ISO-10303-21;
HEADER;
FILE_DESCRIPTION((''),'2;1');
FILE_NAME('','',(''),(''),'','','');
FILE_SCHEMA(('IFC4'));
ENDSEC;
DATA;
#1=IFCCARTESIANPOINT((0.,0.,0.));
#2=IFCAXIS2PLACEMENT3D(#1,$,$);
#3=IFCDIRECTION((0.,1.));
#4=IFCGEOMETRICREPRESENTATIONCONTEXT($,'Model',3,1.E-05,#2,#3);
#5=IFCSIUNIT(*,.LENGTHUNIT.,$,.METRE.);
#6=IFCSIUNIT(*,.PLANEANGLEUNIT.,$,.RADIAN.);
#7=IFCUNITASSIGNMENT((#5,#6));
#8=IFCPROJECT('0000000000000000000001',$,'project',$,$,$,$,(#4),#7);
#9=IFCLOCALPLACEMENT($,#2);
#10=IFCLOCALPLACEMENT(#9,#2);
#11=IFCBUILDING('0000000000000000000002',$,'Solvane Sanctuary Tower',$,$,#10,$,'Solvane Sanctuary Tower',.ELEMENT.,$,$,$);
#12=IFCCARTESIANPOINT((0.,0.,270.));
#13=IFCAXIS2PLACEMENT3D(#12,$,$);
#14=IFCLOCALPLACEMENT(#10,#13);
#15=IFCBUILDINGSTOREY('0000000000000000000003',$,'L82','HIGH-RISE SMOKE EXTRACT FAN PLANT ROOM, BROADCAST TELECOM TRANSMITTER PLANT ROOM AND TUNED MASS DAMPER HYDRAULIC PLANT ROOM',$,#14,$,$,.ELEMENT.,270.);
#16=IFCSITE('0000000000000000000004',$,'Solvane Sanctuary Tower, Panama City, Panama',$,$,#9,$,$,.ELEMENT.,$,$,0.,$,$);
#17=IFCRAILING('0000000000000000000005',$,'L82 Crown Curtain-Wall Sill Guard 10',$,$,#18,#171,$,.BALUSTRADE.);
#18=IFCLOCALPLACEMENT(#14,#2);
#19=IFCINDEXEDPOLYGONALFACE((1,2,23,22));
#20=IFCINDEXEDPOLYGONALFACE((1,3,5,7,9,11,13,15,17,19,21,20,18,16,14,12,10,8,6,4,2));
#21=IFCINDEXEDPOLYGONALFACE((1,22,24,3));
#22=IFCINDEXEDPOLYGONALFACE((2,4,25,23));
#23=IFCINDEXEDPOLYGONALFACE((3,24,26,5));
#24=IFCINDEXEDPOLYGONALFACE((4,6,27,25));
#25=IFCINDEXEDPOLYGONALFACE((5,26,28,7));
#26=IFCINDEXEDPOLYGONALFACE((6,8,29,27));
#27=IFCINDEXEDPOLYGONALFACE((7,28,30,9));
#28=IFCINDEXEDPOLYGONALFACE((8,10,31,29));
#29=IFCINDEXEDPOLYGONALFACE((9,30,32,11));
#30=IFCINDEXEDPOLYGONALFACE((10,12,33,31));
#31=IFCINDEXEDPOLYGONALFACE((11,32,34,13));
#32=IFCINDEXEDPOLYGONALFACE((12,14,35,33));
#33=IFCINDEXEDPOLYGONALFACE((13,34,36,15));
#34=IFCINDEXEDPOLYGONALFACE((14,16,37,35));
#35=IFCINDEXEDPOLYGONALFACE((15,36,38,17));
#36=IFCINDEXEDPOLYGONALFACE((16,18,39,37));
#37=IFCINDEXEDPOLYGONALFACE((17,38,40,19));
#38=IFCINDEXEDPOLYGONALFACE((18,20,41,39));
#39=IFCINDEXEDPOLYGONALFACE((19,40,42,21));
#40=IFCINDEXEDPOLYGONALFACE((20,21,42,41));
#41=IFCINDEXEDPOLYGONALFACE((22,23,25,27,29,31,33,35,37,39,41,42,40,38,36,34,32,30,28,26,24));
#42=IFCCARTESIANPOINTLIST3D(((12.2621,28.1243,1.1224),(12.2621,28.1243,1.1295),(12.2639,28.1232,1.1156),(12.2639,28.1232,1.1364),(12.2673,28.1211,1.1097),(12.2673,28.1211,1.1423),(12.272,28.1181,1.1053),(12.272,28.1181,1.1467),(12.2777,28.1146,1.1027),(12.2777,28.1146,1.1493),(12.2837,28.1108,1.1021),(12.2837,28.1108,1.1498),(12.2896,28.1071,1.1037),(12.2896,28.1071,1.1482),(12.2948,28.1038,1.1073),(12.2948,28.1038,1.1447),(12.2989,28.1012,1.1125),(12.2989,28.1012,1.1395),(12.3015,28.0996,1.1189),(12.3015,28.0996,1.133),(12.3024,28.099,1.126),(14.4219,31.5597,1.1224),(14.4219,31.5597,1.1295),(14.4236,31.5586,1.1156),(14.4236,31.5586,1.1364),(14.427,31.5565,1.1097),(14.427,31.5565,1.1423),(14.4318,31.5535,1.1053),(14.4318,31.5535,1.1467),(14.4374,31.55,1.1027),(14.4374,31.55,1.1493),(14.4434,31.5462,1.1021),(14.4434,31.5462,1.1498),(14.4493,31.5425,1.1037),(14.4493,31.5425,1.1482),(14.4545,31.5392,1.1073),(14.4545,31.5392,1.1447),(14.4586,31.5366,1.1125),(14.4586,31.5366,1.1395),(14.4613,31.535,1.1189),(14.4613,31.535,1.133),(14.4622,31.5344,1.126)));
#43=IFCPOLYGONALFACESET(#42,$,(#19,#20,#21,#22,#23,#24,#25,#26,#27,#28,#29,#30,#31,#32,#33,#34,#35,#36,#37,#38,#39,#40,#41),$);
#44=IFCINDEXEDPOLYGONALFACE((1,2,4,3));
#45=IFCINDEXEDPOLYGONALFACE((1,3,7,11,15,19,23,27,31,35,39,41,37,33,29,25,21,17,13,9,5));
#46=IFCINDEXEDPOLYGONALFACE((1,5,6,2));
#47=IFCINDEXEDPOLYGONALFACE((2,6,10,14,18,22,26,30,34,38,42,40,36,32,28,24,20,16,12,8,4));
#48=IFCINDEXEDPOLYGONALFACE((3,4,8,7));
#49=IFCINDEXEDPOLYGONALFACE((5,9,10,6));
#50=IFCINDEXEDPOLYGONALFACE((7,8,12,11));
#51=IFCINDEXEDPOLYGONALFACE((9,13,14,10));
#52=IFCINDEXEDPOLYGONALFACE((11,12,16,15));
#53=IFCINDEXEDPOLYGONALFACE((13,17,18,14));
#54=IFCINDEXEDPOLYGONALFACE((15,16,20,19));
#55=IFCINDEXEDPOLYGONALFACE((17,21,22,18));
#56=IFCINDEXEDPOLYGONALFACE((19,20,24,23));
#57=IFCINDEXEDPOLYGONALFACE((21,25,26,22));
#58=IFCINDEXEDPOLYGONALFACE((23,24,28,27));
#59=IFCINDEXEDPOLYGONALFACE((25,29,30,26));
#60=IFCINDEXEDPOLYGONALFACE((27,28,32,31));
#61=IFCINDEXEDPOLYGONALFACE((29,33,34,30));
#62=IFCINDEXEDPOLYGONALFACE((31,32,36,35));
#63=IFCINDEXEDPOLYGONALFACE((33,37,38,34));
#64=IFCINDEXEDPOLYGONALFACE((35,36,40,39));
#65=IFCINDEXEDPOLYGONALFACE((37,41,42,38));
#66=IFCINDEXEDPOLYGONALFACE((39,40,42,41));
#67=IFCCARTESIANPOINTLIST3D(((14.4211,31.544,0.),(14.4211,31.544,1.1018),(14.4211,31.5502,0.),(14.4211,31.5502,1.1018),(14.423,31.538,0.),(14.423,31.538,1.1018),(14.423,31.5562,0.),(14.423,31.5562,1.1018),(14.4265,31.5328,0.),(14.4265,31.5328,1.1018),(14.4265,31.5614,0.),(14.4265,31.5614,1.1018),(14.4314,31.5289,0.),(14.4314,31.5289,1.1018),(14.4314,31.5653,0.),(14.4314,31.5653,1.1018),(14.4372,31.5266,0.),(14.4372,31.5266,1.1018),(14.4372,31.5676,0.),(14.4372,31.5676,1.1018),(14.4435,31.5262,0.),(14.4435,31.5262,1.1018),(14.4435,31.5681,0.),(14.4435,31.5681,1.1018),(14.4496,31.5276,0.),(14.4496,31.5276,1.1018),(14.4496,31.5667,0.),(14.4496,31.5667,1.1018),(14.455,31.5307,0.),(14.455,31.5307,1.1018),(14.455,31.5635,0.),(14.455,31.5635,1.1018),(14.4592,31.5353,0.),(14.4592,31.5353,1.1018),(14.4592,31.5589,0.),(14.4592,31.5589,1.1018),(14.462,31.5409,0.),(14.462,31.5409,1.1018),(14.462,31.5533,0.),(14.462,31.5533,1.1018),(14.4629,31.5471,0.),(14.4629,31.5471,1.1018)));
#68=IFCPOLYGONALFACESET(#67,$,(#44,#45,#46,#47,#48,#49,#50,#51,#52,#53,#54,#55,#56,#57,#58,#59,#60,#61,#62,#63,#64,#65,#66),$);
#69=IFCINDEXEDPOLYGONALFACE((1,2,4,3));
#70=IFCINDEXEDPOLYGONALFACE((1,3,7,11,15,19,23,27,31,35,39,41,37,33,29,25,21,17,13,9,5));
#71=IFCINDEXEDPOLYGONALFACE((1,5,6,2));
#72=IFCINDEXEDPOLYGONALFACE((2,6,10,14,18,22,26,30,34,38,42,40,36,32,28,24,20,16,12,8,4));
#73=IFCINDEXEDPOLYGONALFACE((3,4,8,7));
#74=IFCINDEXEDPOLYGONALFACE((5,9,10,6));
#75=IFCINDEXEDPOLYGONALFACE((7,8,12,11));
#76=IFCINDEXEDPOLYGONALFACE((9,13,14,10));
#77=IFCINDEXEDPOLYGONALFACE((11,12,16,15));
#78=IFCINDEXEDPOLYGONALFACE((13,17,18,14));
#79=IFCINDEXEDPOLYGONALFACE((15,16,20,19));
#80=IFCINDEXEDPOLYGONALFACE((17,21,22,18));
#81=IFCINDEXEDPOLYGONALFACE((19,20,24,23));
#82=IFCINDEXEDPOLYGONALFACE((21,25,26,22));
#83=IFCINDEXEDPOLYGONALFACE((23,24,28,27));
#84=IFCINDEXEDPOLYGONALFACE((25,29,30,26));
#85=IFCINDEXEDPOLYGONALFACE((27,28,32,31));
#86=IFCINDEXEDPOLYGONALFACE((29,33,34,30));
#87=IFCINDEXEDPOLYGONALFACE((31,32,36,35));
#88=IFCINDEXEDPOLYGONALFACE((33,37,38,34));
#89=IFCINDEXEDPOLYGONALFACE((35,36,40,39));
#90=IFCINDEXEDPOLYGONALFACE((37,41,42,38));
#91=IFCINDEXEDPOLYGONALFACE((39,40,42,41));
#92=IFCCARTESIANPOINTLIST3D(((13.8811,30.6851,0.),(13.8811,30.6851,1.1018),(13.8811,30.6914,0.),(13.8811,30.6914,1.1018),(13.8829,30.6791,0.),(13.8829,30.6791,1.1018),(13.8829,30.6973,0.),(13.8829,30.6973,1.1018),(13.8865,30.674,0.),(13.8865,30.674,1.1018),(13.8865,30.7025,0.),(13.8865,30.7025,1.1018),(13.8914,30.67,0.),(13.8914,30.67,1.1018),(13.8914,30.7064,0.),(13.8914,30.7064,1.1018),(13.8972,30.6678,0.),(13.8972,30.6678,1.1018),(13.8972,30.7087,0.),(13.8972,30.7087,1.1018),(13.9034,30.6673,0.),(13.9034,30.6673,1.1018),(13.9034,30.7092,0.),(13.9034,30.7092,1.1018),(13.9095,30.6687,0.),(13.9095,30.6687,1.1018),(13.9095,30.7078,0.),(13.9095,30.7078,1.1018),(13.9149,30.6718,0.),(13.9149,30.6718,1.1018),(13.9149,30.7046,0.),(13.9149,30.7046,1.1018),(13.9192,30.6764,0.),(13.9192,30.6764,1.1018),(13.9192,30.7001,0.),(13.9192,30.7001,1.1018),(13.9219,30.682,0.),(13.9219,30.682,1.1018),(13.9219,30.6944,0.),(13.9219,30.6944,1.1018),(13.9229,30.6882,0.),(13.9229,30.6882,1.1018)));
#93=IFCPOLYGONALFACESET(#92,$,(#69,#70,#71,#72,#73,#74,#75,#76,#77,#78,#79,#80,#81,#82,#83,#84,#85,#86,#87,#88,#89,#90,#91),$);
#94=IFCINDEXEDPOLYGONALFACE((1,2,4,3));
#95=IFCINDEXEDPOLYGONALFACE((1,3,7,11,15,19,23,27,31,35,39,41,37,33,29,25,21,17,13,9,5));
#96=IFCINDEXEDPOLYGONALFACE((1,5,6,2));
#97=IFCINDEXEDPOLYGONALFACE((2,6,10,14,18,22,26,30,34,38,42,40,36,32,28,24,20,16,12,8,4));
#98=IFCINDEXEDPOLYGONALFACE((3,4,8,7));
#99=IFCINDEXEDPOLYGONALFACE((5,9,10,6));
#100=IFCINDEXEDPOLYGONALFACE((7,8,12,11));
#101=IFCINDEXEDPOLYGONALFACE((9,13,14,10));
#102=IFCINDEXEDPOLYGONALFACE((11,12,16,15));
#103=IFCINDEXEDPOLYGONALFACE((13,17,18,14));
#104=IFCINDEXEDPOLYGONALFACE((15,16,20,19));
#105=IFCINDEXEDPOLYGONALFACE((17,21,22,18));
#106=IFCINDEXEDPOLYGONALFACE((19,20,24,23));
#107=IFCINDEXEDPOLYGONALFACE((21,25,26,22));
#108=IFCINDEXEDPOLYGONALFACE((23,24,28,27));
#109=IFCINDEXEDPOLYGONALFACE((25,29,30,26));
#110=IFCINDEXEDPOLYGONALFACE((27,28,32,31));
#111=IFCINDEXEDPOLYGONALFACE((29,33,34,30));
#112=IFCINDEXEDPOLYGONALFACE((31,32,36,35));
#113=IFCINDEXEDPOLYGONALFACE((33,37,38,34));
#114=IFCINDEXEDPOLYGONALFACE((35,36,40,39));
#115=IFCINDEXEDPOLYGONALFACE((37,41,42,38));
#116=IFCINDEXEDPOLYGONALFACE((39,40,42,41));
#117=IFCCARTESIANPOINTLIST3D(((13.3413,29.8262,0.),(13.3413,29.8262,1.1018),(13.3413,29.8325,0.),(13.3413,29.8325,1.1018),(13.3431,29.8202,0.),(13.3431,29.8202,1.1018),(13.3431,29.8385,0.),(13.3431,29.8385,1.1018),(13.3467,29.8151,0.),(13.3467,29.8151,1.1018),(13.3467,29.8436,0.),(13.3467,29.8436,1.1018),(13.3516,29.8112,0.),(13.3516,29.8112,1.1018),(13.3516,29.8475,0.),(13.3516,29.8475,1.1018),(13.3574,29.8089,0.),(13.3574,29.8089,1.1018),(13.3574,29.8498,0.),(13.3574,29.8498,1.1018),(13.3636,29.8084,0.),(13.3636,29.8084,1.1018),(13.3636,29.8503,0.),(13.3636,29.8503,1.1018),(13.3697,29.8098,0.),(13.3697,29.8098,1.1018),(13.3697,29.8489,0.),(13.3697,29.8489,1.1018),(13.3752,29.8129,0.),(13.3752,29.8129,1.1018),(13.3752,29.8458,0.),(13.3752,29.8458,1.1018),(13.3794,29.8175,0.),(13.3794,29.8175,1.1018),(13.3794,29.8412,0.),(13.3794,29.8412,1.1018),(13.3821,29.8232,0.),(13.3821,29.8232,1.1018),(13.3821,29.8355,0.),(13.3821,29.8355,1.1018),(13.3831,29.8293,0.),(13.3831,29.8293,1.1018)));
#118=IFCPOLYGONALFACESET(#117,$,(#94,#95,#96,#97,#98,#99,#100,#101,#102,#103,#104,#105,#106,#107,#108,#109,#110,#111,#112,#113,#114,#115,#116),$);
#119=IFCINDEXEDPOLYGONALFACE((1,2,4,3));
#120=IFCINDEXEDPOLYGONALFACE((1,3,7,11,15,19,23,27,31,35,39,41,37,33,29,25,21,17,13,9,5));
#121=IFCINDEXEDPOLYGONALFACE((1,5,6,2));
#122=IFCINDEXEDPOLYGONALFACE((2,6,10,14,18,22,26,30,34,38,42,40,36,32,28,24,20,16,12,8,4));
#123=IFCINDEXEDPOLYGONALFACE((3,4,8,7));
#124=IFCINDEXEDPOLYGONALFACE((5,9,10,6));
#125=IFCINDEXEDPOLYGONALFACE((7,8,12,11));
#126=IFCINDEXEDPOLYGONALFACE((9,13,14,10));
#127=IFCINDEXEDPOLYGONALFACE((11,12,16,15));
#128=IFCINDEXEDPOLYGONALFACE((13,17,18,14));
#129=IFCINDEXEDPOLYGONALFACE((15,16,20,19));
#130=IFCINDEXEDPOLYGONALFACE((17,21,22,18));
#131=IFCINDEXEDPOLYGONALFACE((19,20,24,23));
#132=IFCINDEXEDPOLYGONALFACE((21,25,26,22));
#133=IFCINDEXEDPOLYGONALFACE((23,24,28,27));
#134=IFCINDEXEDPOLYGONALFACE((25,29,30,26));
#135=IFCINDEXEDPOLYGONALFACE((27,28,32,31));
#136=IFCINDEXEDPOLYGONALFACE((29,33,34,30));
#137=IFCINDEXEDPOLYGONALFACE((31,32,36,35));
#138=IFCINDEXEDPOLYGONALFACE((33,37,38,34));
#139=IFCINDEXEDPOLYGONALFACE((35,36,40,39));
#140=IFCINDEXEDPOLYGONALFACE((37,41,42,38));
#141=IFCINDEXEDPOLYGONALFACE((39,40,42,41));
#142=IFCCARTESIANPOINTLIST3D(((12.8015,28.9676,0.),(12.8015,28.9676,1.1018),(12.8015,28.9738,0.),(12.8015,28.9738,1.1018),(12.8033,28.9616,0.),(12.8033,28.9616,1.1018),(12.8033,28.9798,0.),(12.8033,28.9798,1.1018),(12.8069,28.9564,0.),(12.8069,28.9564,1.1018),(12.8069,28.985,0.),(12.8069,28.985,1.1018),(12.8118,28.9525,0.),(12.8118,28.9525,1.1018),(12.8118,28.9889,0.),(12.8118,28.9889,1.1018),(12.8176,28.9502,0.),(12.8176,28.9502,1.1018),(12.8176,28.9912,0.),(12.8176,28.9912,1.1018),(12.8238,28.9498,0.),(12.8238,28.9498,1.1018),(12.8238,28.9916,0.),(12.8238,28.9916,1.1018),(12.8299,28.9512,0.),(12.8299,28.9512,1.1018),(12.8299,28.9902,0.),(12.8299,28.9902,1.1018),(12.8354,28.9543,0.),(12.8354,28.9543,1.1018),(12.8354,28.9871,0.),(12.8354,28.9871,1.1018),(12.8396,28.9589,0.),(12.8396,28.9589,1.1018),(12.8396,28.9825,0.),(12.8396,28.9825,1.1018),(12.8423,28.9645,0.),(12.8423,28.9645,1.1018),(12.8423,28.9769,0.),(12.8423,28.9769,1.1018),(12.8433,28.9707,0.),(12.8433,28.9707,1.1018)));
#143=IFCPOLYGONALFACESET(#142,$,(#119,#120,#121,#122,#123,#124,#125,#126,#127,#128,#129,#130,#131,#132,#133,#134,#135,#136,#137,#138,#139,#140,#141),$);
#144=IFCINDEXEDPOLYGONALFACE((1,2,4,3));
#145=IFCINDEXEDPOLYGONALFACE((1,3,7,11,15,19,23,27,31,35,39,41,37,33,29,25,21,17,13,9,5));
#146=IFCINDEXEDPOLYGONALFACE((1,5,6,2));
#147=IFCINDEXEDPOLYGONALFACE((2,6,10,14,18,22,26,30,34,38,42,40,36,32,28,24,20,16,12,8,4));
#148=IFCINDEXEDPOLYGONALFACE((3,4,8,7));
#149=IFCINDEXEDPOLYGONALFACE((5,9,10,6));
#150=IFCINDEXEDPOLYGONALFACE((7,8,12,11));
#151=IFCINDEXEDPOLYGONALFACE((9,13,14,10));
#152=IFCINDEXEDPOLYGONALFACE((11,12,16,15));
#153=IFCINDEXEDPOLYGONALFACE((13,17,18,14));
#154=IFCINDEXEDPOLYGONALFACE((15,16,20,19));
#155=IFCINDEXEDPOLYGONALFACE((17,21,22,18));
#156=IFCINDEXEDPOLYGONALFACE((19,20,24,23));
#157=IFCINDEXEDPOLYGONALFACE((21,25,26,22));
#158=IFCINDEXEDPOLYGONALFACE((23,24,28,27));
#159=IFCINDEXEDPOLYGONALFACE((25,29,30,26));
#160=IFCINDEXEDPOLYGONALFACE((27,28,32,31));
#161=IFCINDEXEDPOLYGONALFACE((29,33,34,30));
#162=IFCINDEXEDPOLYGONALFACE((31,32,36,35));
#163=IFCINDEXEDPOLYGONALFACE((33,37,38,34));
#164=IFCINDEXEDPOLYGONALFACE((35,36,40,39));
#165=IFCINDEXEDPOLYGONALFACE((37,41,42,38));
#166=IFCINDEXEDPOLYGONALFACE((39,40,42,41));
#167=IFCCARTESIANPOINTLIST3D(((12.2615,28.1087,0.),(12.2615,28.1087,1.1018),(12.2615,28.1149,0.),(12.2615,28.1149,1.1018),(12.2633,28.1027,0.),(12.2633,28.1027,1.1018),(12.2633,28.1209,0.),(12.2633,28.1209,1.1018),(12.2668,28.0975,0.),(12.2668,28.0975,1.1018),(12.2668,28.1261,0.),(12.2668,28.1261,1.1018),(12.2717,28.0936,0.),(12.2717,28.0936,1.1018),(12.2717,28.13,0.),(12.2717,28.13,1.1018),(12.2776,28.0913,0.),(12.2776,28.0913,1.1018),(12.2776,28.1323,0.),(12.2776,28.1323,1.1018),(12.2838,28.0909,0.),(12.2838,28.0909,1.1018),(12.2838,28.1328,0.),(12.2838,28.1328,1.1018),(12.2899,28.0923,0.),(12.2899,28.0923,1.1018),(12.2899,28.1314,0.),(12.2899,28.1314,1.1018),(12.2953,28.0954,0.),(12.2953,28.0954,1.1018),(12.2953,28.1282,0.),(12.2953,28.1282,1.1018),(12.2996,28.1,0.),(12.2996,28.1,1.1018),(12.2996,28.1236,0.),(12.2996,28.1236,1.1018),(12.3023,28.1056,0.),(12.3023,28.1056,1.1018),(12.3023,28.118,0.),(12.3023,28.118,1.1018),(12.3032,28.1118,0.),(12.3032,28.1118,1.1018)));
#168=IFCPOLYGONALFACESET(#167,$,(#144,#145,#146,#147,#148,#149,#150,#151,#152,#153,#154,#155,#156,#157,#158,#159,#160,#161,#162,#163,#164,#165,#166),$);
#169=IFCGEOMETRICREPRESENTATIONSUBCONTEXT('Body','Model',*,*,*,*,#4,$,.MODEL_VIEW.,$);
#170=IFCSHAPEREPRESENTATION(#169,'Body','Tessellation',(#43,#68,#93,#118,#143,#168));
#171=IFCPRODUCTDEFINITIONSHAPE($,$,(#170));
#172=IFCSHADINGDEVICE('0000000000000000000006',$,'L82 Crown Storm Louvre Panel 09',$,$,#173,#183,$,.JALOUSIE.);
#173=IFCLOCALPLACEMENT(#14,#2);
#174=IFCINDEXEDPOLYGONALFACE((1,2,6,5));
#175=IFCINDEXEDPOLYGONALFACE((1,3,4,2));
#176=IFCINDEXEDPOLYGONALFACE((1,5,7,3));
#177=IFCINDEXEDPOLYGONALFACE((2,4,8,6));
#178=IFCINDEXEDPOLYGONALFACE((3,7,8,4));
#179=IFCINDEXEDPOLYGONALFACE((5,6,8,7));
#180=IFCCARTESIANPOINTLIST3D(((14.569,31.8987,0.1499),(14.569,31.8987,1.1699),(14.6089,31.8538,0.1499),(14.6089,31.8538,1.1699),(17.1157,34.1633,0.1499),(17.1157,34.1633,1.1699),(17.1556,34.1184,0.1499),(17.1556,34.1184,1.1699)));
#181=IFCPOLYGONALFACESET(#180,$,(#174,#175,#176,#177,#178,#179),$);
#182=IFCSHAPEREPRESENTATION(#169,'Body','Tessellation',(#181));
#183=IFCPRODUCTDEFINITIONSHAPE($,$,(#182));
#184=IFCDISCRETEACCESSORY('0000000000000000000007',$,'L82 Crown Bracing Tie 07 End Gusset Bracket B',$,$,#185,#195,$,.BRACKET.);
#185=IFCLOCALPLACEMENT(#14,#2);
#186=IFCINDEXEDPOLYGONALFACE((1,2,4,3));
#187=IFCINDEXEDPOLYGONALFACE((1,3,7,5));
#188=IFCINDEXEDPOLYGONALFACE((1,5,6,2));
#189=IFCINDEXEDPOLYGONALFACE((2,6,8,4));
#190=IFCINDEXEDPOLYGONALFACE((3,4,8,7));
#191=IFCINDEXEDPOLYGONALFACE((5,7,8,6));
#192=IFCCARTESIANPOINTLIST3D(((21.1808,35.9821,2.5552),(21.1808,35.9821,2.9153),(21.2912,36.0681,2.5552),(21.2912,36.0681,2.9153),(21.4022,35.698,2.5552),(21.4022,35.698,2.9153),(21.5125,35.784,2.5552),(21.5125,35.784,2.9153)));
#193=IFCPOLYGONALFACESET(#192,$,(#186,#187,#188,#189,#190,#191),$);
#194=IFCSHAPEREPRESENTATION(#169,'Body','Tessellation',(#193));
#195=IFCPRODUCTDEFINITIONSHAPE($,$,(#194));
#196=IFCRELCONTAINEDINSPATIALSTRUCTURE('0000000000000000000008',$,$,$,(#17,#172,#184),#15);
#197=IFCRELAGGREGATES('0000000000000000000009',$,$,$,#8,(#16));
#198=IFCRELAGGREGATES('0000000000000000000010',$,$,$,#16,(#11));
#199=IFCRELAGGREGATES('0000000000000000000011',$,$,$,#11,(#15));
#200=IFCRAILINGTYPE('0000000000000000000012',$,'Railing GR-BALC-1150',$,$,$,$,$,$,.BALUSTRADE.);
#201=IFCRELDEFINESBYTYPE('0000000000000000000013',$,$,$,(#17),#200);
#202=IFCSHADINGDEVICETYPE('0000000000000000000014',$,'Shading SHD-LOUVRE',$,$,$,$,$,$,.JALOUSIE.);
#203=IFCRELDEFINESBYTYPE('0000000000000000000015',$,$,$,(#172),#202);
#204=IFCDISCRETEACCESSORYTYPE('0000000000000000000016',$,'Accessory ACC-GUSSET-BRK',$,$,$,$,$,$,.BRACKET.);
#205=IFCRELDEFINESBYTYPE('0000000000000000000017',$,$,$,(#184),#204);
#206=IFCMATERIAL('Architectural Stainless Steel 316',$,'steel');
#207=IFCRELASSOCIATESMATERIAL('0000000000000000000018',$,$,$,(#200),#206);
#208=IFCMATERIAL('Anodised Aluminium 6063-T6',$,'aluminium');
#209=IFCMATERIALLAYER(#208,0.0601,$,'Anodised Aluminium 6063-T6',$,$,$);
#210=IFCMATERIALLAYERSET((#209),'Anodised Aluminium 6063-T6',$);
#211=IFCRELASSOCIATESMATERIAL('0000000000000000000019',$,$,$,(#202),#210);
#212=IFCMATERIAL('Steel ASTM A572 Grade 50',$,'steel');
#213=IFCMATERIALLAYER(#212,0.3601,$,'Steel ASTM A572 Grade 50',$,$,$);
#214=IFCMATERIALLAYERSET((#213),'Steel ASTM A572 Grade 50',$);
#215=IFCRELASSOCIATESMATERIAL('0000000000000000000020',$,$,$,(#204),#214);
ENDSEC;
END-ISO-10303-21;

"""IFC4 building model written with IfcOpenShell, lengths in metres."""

from ifc_helpers import new_model, si_unit, direction, frame, origin, origin_2d, place, context, subcontext, project, spatial, rectangle, circle, extrude, material, layer, layer_set, type_object, element, save


model = new_model("IFC4")

# Units and contexts
model_context = context("Model", 3, precision=1e-05, world=origin(), true_north=direction((0.0, 1.0)))
body_context = subcontext(model_context, "Body", "Model", "MODEL_VIEW")
ifc_project = project(units=[si_unit("LENGTHUNIT", "METRE"), si_unit("PLANEANGLEUNIT", "RADIAN")], contexts=[model_context])

# Site, building, storey
site_placement = place(None, origin())
site = spatial("IfcSite", under=ifc_project, at=site_placement, Name="Solvane Sanctuary Tower, Panama City, Panama", CompositionType="ELEMENT", RefElevation=0.0)
building_placement = place(site_placement, origin())
building = spatial("IfcBuilding", under=site, at=building_placement, Name="Solvane Sanctuary Tower", LongName="Solvane Sanctuary Tower", CompositionType="ELEMENT")
storey_placement = place(building_placement, frame((0.0, 0.0, 270.0)))
storey = spatial("IfcBuildingStorey", under=building, at=storey_placement, Name="L82", Description="HIGH-RISE SMOKE EXTRACT FAN PLANT ROOM, BROADCAST TELECOM TRANSMITTER PLANT ROOM AND TUNED MASS DAMPER HYDRAULIC PLANT ROOM", CompositionType="ELEMENT", Elevation=270.0)

# Shared definitions
ifc_material_1 = material(Name="Anodised Aluminium 6063-T6", Category="aluminium")

# Railing
ifc_material_2 = material(Name="Architectural Stainless Steel 316", Category="steel")
railing_type = type_object("IfcRailingType", Name="Railing GR-BALC-1150", PredefinedType="BALUSTRADE", material=ifc_material_2)
railing_1_placement = place(storey_placement, frame((14.4419, 31.5471, 0.0)))
element("IfcRailing", 1, at=railing_1_placement, inside=storey, type_object=railing_type, Name="L82 Crown Curtain-Wall Sill Guard 10", PredefinedType="BALUSTRADE", context=body_context, shape_type="SweptSolid", body=[
    extrude(circle(Radius=0.0239, at=origin_2d()), frame((0.0, 0.0, 1.126), z_axis=(-0.532231, -0.846599, 0.0), x_axis=(0.846599, -0.532231, 0.0)), (0.0, 0.0, 1.0), 4.0579),
    extrude(circle(Radius=0.021, at=origin_2d()), origin(), (0.0, 0.0, 1.0), 1.1018),
    extrude(circle(Radius=0.021, at=origin_2d()), frame((-0.54, -0.8589, 0.0)), (0.0, 0.0, 1.0), 1.1018),
    extrude(circle(Radius=0.021, at=origin_2d()), frame((-1.0798, -1.7178, 0.0)), (0.0, 0.0, 1.0), 1.1018),
    extrude(circle(Radius=0.021, at=origin_2d()), frame((-1.6196, -2.5764, 0.0)), (0.0, 0.0, 1.0), 1.1018),
    extrude(circle(Radius=0.021, at=origin_2d()), frame((-2.1597, -3.4353, 0.0)), (0.0, 0.0, 1.0), 1.1018),
])

# Shading device
ifc_layer_1 = layer(ifc_material_1, 0.0601, Name="Anodised Aluminium 6063-T6")
ifc_layer_set_1 = layer_set([ifc_layer_1], Name="Anodised Aluminium 6063-T6")
shading_device_type = type_object("IfcShadingDeviceType", Name="Shading SHD-LOUVRE", PredefinedType="JALOUSIE", material=ifc_layer_set_1)
shading_device_placement = place(storey_placement, frame((15.8623, 33.0085, 0.1499), z_axis=(0.0, 0.0, 1.0), x_axis=(-0.7473, -0.664487, 0.0)))
element("IfcShadingDevice", 2, at=shading_device_placement, inside=storey, type_object=shading_device_type, Name="L82 Crown Storm Louvre Panel 09", PredefinedType="JALOUSIE", context=body_context, shape_type="SweptSolid", body=[
    extrude(rectangle(XDim=3.408, YDim=0.0601, at=origin_2d()), origin(), (0.0, 0.0, 1.0), 1.02),
])

# Discrete accessory
ifc_material_3 = material(Name="Steel ASTM A572 Grade 50", Category="steel")
ifc_layer_2 = layer(ifc_material_3, 0.3601, Name="Steel ASTM A572 Grade 50")
ifc_layer_set_2 = layer_set([ifc_layer_2], Name="Steel ASTM A572 Grade 50")
discrete_accessory_type = type_object("IfcDiscreteAccessoryType", Name="Accessory ACC-GUSSET-BRK", PredefinedType="BRACKET", material=ifc_layer_set_2)
discrete_accessory_placement = place(storey_placement, frame((21.3467, 35.8831, 2.5552), z_axis=(0.0, 0.0, 1.0), x_axis=(-0.614698, 0.788762, 0.0)))
element("IfcDiscreteAccessory", 3, at=discrete_accessory_placement, inside=storey, type_object=discrete_accessory_type, Name="L82 Crown Bracing Tie 07 End Gusset Bracket B", PredefinedType="BRACKET", context=body_context, shape_type="SweptSolid", body=[
    extrude(rectangle(XDim=0.3601, YDim=0.1399, at=origin_2d()), origin(), (0.0, 0.0, 1.0), 0.3601),
])

save(model, "model.ifc")
